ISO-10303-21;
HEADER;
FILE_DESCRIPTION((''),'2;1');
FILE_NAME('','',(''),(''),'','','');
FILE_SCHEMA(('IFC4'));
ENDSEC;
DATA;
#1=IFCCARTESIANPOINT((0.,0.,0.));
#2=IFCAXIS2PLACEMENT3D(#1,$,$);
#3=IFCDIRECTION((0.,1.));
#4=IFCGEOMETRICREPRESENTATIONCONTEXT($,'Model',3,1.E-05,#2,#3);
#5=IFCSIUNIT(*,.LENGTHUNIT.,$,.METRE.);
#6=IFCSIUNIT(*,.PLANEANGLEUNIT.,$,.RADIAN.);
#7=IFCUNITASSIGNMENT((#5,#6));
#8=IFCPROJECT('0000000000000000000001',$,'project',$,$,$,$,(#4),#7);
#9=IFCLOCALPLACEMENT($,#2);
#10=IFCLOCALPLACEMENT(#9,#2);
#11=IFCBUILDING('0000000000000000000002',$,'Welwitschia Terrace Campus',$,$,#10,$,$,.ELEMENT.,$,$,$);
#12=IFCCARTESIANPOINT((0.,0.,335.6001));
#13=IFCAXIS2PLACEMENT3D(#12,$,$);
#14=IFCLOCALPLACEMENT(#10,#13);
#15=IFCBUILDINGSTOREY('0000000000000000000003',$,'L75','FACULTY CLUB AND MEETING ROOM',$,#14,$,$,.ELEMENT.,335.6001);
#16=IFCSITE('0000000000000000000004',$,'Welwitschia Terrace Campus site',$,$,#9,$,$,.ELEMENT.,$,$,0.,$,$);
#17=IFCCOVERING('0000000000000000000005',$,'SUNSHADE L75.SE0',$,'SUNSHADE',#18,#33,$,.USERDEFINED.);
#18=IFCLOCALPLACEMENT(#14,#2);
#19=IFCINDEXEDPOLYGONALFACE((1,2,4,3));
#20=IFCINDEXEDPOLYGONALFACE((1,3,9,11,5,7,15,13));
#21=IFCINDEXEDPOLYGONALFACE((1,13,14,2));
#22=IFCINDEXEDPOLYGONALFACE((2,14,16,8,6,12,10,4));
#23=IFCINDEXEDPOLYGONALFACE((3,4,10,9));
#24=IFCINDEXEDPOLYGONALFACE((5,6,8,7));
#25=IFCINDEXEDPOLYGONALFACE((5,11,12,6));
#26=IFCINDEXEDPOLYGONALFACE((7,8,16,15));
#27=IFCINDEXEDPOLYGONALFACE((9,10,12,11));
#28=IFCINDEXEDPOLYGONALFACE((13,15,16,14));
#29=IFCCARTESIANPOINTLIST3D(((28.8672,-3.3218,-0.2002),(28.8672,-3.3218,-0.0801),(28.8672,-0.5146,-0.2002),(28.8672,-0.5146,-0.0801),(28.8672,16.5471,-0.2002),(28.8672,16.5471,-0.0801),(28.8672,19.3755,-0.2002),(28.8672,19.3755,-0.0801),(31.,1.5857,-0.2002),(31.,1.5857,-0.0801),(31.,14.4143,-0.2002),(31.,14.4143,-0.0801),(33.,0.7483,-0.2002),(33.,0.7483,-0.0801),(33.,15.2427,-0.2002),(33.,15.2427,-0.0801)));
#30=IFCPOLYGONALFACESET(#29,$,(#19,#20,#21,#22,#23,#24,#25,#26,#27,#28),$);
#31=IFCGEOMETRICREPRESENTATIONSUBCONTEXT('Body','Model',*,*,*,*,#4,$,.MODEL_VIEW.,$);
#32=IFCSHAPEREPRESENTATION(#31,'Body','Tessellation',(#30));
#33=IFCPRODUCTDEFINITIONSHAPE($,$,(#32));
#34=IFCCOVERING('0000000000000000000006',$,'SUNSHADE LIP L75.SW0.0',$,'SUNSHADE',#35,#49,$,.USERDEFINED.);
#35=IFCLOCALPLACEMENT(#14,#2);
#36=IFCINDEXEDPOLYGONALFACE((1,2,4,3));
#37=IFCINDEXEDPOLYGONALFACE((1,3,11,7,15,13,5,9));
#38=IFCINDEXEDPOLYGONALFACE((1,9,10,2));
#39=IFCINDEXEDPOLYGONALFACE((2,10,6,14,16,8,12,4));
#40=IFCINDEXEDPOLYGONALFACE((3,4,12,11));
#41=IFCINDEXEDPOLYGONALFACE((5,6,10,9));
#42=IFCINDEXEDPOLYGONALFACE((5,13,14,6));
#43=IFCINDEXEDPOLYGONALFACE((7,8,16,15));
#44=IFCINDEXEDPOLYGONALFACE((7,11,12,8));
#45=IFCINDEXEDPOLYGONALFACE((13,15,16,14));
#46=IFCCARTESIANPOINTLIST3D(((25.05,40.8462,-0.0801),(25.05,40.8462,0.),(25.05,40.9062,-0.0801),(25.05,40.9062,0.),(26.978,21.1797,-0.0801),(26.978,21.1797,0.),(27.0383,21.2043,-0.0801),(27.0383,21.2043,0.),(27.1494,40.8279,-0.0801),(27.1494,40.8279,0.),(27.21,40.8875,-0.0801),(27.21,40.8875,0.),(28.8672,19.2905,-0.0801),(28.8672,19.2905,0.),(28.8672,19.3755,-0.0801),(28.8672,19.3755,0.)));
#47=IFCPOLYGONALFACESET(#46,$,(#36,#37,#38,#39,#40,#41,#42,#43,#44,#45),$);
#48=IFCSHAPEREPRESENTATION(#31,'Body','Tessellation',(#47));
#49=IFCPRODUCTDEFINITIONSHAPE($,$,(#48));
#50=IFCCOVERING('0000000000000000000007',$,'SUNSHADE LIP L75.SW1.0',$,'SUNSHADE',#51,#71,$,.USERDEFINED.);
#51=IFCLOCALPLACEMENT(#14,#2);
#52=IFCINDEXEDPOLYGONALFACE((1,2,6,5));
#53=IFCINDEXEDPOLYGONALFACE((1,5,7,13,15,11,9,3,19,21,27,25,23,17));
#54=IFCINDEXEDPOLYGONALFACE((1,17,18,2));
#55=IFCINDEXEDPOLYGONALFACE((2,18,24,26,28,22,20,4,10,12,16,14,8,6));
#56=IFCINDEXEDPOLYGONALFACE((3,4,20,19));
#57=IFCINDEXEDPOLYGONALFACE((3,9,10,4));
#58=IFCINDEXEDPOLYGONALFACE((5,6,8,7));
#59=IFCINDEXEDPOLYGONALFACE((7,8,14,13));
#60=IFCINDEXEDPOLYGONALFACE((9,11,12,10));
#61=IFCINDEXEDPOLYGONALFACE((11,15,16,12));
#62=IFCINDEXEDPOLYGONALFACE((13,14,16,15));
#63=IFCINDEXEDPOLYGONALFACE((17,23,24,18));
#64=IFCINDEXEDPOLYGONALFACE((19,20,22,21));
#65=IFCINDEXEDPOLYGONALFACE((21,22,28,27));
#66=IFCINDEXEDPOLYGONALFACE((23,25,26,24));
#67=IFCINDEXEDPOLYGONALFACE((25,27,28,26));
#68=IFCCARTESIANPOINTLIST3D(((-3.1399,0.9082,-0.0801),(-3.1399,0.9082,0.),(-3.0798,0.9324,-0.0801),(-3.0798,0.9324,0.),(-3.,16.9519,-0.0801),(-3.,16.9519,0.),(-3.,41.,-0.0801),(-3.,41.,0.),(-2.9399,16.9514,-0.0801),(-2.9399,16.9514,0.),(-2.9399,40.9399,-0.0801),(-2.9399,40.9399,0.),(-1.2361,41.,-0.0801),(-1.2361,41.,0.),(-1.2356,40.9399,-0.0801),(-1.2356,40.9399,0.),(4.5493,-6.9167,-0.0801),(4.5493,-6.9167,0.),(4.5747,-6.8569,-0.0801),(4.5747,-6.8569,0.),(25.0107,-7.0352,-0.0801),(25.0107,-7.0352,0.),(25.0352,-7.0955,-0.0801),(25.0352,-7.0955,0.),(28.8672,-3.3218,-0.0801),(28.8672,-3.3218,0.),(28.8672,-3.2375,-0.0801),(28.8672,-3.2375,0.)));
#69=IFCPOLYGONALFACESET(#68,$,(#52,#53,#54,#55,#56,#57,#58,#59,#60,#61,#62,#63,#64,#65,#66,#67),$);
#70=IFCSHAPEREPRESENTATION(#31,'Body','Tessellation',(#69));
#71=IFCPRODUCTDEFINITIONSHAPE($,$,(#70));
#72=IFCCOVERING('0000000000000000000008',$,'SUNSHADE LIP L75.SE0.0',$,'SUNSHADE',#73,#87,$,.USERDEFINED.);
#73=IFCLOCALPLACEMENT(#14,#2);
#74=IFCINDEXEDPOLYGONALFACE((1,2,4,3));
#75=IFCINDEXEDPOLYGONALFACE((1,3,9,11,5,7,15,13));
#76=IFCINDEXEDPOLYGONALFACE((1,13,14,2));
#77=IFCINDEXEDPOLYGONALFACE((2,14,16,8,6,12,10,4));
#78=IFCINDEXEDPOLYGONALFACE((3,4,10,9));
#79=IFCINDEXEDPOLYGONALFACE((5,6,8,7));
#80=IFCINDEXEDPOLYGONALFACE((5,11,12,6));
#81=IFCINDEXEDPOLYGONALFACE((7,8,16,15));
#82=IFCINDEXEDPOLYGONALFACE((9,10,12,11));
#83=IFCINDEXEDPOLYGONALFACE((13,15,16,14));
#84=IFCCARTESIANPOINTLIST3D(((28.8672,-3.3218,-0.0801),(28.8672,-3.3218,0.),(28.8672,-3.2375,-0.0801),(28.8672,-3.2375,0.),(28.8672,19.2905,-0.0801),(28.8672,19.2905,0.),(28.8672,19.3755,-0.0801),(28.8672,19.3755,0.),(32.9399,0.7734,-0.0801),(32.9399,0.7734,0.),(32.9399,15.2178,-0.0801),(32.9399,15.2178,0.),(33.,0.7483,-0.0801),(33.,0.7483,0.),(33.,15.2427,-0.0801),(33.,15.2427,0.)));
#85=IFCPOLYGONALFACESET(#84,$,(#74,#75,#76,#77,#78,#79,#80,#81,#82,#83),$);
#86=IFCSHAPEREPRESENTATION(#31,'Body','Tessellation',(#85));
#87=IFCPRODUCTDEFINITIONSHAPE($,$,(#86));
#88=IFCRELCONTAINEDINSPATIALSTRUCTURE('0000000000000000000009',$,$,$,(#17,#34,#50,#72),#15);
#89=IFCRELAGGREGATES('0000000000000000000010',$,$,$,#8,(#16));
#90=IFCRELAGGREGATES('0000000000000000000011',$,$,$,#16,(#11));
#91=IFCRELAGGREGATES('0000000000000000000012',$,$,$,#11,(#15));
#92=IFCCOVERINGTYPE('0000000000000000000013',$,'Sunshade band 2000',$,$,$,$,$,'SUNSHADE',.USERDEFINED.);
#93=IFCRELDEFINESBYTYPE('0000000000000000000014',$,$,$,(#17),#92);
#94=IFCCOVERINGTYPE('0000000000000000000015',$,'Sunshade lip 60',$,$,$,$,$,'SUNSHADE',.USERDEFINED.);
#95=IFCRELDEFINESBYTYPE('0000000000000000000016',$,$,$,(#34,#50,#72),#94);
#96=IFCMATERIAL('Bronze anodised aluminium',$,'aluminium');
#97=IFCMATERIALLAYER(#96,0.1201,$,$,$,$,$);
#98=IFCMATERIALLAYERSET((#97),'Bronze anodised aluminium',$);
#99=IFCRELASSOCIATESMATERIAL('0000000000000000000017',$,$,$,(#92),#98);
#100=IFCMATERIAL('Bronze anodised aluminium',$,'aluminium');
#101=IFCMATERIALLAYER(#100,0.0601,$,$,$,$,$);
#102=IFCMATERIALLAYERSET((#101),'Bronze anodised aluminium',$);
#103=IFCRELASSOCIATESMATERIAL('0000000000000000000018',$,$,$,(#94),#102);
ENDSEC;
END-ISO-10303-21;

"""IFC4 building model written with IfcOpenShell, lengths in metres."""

from ifc_helpers import new_model, si_unit, direction, frame, origin, place, context, subcontext, project, spatial, polyline, outline, extrude, material, layer, layer_set, type_object, element, save


model = new_model("IFC4")

# Units and contexts
model_context = context("Model", 3, precision=1e-05, world=origin(), true_north=direction((0.0, 1.0)))
body_context = subcontext(model_context, "Body", "Model", "MODEL_VIEW")
ifc_project = project(units=[si_unit("LENGTHUNIT", "METRE"), si_unit("PLANEANGLEUNIT", "RADIAN")], contexts=[model_context])

# Site, building, storey
site_placement = place(None, origin())
site = spatial("IfcSite", under=ifc_project, at=site_placement, Name="Welwitschia Terrace Campus site", CompositionType="ELEMENT", RefElevation=0.0)
building_placement = place(site_placement, origin())
building = spatial("IfcBuilding", under=site, at=building_placement, Name="Welwitschia Terrace Campus", CompositionType="ELEMENT")
storey_placement = place(building_placement, frame((0.0, 0.0, 335.6001)))
storey = spatial("IfcBuildingStorey", under=building, at=storey_placement, Name="L75", Description="FACULTY CLUB AND MEETING ROOM", CompositionType="ELEMENT", Elevation=335.6001)

# Coverings
ifc_material_1 = material(Name="Bronze anodised aluminium", Category="aluminium")
ifc_layer_1 = layer(ifc_material_1, 0.1201)
ifc_layer_set_1 = layer_set([ifc_layer_1], Name="Bronze anodised aluminium")
covering_type_1 = type_object("IfcCoveringType", Name="Sunshade band 2000", ElementType="SUNSHADE", PredefinedType="USERDEFINED", material=ifc_layer_set_1)
covering_1_placement = place(storey_placement, frame((0.0, 0.0, -0.2002)))
element("IfcCovering", 1, at=covering_1_placement, inside=storey, type_object=covering_type_1, Name="SUNSHADE L75.SE0", ObjectType="SUNSHADE", PredefinedType="USERDEFINED", context=body_context, shape_type="SweptSolid", body=[
    extrude(outline(polyline([(33.0, 15.2427), (33.0, 0.7483), (28.8672, -3.3218), (28.8672, -0.5146), (31.0, 1.5857), (31.0, 14.4143), (28.8672, 16.5471), (28.8672, 19.3755), (33.0, 15.2427)])), origin(), (0.0, 0.0, 1.0), 0.1201),
])
ifc_material_2 = material(Name="Bronze anodised aluminium", Category="aluminium")
ifc_layer_2 = layer(ifc_material_2, 0.0601)
ifc_layer_set_2 = layer_set([ifc_layer_2], Name="Bronze anodised aluminium")
covering_type_2 = type_object("IfcCoveringType", Name="Sunshade lip 60", ElementType="SUNSHADE", PredefinedType="USERDEFINED", material=ifc_layer_set_2)
covering_2_placement = place(storey_placement, frame((0.0, 0.0, -0.0801)))
element("IfcCovering", 2, at=covering_2_placement, inside=storey, type_object=covering_type_2, Name="SUNSHADE LIP L75.SW0.0", ObjectType="SUNSHADE", PredefinedType="USERDEFINED", context=body_context, shape_type="SweptSolid", body=[
    extrude(outline(polyline([(28.8672, 19.2905), (26.978, 21.1797), (27.1494, 40.8279), (25.05, 40.8462), (25.05, 40.9062), (27.21, 40.8875), (27.0383, 21.2043), (28.8672, 19.3755), (28.8672, 19.2905)])), origin(), (0.0, 0.0, 1.0), 0.0801),
])
covering_3_placement = place(storey_placement, frame((0.0, 0.0, -0.0801)))
element("IfcCovering", 3, at=covering_3_placement, inside=storey, type_object=covering_type_2, Name="SUNSHADE LIP L75.SW1.0", ObjectType="SUNSHADE", PredefinedType="USERDEFINED", context=body_context, shape_type="SweptSolid", body=[
    extrude(outline(polyline([(4.5493, -6.9167), (-3.1399, 0.9082), (-3.0, 16.9519), (-3.0, 41.0), (-1.2361, 41.0), (-1.2356, 40.9399), (-2.9399, 40.9399), (-2.9399, 16.9514), (-3.0798, 0.9324), (4.5747, -6.8569), (25.0107, -7.0352), (28.8672, -3.2375), (28.8672, -3.3218), (25.0352, -7.0955), (4.5493, -6.9167)])), origin(), (0.0, 0.0, 1.0), 0.0801),
])
covering_4_placement = place(storey_placement, frame((0.0, 0.0, -0.0801)))
element("IfcCovering", 4, at=covering_4_placement, inside=storey, type_object=covering_type_2, Name="SUNSHADE LIP L75.SE0.0", ObjectType="SUNSHADE", PredefinedType="USERDEFINED", context=body_context, shape_type="SweptSolid", body=[
    extrude(outline(polyline([(33.0, 0.7483), (28.8672, -3.3218), (28.8672, -3.2375), (32.9399, 0.7734), (32.9399, 15.2178), (28.8672, 19.2905), (28.8672, 19.3755), (33.0, 15.2427), (33.0, 0.7483)])), origin(), (0.0, 0.0, 1.0), 0.0801),
])

save(model, "model.ifc")
